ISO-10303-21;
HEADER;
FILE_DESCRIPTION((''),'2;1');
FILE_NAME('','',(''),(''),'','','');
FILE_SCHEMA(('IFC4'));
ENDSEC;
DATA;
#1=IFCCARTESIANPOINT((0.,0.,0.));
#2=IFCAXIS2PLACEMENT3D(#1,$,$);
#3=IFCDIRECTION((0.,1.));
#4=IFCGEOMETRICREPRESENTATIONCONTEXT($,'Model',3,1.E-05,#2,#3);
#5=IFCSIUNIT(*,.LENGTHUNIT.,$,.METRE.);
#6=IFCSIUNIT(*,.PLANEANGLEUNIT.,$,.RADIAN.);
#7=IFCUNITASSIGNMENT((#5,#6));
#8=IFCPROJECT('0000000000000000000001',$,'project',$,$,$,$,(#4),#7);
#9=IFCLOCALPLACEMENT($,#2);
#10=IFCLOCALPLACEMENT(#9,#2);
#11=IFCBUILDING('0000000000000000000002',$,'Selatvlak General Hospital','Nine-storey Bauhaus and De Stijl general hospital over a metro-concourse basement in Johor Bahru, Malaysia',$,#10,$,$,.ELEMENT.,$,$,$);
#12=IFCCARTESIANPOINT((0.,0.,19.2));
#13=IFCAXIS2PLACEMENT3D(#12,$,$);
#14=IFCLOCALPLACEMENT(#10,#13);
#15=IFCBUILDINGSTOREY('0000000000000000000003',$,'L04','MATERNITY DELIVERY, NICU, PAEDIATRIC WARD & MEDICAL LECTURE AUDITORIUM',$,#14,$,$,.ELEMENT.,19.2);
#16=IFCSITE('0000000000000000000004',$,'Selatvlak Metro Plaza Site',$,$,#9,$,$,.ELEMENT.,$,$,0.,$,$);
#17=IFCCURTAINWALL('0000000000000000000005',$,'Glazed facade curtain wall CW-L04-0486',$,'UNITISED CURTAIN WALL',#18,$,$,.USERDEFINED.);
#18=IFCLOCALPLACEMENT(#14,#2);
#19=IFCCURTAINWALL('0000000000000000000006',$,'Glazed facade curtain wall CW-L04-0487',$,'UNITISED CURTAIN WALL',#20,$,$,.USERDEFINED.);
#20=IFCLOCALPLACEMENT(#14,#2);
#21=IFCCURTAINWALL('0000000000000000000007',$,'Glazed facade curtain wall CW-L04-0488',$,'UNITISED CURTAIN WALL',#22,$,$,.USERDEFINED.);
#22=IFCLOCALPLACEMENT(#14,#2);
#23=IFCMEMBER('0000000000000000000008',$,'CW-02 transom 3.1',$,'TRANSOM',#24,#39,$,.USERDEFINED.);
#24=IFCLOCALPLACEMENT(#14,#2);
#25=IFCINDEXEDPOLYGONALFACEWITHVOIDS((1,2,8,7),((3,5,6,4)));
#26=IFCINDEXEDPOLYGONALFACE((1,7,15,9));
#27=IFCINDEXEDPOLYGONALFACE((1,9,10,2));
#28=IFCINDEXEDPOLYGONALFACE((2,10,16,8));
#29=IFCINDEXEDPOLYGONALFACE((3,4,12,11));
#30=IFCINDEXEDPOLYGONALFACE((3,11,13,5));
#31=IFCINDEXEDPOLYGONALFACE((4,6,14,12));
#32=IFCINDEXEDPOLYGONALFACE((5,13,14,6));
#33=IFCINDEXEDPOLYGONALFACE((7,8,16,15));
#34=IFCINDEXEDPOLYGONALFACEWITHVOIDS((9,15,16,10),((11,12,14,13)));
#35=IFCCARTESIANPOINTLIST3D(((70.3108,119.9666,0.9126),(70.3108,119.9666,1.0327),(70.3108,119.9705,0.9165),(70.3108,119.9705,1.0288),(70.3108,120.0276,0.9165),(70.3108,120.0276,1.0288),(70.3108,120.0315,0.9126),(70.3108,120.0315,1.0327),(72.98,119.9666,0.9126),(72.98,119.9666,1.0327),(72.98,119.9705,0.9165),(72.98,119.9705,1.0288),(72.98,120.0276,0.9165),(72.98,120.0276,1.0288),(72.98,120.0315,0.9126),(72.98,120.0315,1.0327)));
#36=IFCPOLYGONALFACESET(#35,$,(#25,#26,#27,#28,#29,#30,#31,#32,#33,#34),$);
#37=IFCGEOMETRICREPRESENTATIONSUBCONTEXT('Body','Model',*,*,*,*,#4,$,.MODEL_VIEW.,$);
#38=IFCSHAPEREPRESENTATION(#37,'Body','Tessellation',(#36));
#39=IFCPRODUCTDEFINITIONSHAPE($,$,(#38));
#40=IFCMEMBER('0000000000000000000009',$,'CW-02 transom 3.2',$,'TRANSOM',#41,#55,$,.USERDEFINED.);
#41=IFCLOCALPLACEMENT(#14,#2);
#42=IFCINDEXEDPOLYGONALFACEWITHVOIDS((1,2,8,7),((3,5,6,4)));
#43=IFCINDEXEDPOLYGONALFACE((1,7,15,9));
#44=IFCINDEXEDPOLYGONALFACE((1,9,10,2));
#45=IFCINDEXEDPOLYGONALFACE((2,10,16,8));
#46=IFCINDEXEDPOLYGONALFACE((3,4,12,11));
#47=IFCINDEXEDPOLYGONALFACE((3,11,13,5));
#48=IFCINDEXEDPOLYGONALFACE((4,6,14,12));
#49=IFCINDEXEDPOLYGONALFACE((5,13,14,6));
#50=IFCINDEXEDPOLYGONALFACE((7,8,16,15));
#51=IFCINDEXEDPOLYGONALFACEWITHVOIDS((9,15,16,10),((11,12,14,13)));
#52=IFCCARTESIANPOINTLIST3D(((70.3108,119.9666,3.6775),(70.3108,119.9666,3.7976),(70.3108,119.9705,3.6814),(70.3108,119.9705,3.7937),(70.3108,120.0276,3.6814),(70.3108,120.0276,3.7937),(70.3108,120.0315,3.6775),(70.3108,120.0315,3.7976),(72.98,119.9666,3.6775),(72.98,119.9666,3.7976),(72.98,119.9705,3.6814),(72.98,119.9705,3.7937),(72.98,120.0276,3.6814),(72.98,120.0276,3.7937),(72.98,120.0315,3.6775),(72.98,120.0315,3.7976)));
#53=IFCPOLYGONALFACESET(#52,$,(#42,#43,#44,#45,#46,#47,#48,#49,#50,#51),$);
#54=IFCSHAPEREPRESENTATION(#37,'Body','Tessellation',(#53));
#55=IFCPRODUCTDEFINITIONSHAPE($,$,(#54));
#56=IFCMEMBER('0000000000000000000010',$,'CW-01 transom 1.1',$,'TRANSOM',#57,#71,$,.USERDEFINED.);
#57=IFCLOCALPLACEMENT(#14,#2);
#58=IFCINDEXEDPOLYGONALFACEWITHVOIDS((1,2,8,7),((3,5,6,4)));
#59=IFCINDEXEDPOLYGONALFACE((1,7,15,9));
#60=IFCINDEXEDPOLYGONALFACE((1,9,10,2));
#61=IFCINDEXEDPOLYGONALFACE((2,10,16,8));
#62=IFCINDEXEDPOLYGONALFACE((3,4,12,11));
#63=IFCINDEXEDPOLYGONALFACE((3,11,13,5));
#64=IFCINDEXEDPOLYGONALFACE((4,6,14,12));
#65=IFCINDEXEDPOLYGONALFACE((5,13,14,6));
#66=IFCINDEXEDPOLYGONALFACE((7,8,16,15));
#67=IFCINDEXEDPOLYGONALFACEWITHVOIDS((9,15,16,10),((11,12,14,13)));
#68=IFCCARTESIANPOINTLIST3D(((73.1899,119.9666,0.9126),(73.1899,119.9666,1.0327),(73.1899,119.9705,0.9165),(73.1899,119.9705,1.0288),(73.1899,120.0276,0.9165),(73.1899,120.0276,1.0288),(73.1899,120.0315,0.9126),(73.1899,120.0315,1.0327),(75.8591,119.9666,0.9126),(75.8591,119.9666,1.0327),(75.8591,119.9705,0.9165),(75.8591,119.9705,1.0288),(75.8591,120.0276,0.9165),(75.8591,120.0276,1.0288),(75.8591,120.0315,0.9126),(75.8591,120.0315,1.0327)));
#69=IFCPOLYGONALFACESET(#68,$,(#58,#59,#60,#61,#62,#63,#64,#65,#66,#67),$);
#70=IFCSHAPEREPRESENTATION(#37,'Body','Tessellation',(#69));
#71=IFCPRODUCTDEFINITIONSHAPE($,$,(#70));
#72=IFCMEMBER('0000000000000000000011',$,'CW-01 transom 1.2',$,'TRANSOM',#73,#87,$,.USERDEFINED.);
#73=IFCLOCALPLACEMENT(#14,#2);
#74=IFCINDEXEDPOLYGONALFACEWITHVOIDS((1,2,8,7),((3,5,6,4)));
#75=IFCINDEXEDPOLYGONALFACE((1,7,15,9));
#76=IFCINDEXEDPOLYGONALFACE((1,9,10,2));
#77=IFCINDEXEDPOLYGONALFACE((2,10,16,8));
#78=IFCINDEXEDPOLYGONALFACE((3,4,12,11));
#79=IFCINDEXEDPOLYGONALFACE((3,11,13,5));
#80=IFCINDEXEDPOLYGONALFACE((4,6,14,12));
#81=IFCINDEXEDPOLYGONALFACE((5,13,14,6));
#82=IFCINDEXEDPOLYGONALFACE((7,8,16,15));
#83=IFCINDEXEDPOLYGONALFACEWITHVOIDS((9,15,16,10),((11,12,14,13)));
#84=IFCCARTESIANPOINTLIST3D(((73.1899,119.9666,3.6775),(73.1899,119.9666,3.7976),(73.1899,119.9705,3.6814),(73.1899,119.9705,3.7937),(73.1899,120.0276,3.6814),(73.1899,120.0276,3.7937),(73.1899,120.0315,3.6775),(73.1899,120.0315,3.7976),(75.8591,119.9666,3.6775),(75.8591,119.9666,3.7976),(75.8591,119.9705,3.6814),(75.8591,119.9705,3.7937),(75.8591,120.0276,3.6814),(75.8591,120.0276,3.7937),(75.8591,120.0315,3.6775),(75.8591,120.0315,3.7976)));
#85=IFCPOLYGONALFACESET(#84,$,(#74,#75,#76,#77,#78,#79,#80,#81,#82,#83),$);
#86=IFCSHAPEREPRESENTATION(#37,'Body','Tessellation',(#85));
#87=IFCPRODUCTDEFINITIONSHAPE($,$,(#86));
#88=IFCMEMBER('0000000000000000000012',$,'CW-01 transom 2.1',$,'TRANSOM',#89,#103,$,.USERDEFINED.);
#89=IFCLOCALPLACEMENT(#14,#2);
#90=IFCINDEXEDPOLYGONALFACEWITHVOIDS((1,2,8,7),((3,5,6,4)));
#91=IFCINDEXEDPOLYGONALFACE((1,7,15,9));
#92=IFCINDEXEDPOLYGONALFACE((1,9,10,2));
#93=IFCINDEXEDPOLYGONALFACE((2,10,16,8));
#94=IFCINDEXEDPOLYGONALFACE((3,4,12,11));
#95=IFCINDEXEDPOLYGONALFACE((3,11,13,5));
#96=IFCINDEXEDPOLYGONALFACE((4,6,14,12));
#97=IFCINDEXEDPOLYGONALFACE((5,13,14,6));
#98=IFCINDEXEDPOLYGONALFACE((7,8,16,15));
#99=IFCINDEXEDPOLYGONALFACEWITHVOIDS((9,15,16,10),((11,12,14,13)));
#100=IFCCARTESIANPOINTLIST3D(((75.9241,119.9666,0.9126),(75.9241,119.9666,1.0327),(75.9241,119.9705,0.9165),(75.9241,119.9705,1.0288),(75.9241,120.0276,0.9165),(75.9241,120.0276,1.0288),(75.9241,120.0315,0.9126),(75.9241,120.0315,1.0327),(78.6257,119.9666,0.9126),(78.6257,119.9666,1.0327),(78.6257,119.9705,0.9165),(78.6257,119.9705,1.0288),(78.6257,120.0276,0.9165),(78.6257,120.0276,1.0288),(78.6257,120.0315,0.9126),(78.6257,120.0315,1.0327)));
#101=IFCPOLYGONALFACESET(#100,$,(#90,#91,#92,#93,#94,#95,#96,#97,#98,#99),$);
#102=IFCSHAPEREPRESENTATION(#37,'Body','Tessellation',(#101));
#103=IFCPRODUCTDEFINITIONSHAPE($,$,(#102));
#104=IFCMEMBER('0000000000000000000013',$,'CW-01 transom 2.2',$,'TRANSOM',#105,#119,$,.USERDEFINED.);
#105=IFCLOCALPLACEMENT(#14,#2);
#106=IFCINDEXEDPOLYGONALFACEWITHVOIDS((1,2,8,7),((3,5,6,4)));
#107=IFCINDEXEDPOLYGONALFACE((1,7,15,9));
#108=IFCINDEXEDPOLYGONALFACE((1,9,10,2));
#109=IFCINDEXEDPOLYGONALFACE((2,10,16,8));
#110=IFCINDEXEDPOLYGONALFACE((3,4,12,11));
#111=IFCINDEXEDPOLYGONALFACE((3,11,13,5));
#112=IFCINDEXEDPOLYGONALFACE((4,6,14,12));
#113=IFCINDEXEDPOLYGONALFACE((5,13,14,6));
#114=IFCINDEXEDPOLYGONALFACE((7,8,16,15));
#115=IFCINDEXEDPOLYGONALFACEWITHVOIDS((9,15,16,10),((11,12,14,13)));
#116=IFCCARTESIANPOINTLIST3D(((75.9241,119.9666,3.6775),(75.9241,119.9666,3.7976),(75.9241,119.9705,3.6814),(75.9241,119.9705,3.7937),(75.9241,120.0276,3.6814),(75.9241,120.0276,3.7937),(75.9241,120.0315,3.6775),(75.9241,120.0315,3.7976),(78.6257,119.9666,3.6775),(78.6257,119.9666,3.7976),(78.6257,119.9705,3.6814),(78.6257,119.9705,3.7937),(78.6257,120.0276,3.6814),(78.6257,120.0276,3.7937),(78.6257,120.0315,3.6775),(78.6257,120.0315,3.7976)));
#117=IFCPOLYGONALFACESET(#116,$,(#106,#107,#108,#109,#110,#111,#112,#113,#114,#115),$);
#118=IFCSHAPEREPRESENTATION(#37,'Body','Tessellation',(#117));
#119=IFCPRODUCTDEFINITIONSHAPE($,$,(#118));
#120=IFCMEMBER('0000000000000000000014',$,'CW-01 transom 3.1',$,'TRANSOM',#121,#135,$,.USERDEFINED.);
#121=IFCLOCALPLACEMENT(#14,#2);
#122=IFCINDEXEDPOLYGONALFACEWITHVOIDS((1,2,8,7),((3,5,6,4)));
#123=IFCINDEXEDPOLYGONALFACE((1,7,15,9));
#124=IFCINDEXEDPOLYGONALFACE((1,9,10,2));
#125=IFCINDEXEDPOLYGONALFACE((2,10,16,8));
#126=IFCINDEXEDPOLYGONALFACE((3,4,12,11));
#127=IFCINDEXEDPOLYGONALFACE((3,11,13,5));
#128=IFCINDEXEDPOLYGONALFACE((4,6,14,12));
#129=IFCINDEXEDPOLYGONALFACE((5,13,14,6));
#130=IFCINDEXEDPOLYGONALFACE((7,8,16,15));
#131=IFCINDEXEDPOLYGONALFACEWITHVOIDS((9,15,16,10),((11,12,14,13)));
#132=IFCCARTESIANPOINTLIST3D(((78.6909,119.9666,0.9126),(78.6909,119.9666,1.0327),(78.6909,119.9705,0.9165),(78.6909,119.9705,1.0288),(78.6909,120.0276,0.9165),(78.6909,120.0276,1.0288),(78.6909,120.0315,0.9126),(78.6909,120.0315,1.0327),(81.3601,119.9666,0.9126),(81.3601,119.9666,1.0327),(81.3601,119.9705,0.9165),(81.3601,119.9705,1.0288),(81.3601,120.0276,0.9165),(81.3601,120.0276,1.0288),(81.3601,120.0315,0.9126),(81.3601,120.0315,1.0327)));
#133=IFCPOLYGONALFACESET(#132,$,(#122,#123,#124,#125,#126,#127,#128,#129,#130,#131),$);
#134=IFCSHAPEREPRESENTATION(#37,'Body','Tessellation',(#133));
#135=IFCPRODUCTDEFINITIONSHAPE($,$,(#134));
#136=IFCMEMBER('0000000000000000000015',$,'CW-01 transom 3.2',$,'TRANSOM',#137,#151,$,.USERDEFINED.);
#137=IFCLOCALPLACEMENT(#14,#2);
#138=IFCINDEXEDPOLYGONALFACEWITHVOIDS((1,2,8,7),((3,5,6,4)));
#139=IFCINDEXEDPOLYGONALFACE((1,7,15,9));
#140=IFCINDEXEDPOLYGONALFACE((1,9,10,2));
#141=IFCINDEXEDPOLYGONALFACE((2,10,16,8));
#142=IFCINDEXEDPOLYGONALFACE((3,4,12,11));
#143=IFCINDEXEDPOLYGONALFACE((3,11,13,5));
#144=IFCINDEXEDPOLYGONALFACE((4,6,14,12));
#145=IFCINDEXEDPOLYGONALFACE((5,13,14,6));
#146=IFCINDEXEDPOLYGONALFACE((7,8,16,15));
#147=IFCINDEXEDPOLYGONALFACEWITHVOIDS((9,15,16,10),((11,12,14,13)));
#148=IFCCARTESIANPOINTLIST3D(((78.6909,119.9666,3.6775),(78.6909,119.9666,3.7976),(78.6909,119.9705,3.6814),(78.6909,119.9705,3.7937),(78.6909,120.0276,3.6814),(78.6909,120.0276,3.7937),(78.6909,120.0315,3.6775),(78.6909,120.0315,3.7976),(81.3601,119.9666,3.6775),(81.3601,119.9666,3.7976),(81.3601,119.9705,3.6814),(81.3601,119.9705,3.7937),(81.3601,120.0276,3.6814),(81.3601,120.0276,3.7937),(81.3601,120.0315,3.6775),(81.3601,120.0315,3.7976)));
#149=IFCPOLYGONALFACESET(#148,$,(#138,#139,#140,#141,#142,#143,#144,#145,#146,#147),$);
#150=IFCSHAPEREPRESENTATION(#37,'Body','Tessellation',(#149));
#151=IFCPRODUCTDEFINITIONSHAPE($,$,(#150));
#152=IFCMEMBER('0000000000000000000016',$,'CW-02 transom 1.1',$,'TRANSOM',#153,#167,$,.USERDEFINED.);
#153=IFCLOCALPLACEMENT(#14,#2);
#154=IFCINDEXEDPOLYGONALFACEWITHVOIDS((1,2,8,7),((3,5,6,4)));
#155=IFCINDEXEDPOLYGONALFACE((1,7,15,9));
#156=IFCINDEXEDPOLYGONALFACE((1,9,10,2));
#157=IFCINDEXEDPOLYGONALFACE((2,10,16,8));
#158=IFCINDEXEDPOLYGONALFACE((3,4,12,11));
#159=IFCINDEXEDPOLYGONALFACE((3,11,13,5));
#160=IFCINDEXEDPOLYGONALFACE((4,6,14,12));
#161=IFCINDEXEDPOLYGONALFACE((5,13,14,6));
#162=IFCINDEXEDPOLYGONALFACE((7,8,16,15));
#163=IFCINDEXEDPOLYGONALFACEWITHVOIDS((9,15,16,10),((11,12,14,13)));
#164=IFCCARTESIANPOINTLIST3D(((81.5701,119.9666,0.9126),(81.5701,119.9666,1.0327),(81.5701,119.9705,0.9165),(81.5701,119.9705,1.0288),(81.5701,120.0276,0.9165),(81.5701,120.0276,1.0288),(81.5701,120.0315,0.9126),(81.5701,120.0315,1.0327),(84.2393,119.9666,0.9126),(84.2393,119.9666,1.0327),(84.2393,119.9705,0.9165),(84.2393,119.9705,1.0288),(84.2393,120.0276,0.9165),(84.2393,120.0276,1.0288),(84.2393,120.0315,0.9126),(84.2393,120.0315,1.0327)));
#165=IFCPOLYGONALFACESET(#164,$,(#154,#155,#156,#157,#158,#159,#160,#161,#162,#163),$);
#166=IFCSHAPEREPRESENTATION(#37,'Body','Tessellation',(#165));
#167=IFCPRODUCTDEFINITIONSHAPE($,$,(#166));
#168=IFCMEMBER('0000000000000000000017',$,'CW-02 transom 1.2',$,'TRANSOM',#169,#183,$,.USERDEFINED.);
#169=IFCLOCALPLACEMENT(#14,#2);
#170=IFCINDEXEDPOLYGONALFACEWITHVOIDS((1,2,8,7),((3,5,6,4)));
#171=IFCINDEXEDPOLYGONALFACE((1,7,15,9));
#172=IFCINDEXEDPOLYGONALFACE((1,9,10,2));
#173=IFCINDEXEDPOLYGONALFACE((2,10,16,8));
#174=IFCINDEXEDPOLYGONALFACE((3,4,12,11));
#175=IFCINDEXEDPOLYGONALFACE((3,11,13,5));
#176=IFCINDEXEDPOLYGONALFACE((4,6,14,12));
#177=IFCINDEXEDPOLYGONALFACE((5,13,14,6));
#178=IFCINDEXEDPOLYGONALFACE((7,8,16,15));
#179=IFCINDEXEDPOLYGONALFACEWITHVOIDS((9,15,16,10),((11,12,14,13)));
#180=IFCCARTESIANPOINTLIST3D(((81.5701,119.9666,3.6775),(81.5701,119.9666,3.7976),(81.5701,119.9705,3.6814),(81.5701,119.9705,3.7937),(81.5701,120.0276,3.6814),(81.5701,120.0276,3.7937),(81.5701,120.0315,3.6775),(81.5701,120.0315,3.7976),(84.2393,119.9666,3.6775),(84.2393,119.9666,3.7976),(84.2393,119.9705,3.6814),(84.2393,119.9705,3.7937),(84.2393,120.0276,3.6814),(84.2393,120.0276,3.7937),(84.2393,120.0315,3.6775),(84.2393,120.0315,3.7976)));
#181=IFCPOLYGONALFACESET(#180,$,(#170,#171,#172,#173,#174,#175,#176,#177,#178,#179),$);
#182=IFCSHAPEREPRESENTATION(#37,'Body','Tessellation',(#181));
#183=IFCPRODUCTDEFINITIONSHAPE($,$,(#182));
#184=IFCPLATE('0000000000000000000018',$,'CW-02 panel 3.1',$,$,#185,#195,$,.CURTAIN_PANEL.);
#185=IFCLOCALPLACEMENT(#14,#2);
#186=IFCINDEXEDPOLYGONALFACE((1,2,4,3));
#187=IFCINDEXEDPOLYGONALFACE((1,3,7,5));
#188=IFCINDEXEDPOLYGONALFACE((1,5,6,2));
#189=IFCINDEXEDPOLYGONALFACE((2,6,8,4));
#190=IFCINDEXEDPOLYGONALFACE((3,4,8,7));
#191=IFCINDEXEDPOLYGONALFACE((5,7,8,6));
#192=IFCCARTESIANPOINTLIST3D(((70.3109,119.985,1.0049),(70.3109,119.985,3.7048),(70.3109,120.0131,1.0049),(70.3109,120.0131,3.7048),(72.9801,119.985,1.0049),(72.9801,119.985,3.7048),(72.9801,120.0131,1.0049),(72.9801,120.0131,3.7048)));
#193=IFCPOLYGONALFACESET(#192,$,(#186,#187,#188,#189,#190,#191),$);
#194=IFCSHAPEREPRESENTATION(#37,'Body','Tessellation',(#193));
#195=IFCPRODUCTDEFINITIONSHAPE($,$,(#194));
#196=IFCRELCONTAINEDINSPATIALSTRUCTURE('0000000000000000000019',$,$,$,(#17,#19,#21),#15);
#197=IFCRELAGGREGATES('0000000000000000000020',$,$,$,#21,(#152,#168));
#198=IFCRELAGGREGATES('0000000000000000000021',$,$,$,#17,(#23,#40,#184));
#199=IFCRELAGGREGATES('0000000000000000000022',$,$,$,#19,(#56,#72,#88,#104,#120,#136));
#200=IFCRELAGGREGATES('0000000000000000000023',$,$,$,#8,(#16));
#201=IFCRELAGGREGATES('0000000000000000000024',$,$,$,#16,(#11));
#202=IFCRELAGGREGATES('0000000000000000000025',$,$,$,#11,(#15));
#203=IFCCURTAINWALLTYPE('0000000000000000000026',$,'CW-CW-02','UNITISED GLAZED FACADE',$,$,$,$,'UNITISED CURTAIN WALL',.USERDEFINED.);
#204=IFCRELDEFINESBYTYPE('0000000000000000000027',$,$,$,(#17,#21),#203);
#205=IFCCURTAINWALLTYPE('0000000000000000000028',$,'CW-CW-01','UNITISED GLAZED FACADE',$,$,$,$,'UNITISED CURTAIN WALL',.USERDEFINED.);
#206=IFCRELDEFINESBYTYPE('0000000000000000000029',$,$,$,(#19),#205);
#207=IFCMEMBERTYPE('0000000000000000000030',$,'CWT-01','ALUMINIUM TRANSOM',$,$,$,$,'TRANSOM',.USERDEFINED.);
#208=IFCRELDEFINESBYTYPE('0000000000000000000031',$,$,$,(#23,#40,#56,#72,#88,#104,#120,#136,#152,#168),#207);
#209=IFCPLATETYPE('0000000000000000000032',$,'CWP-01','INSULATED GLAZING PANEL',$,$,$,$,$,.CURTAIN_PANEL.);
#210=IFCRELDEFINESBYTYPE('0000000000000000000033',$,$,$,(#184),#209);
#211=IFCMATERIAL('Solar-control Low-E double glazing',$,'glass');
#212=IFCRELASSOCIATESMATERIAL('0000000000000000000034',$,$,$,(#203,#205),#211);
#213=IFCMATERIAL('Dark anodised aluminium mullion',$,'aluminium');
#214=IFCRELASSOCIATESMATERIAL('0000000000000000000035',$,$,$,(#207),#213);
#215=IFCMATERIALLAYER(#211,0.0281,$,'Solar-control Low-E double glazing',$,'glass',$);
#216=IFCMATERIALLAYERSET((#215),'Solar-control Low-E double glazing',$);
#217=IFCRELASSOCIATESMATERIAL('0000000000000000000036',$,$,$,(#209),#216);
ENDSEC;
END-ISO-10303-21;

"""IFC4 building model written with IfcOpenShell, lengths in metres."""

from ifc_helpers import new_model, si_unit, direction, frame, origin, origin_2d, place, context, subcontext, project, spatial, rectangle, hollow_rectangle, extrude, material, layer, layer_set, material_profile, profile_set, type_object, element, aggregate, save


model = new_model("IFC4")

# Units and contexts
model_context = context("Model", 3, precision=1e-05, world=origin(), true_north=direction((0.0, 1.0)))
body_context = subcontext(model_context, "Body", "Model", "MODEL_VIEW")
ifc_project = project(units=[si_unit("LENGTHUNIT", "METRE"), si_unit("PLANEANGLEUNIT", "RADIAN")], contexts=[model_context])

# Site, building, storey
site_placement = place(None, origin())
site = spatial("IfcSite", under=ifc_project, at=site_placement, Name="Selatvlak Metro Plaza Site", CompositionType="ELEMENT", RefElevation=0.0)
building_placement = place(site_placement, origin())
building = spatial("IfcBuilding", under=site, at=building_placement, Name="Selatvlak General Hospital", Description="Nine-storey Bauhaus and De Stijl general hospital over a metro-concourse basement in Johor Bahru, Malaysia", CompositionType="ELEMENT")
storey_placement = place(building_placement, frame((0.0, 0.0, 19.2)))
storey = spatial("IfcBuildingStorey", under=building, at=storey_placement, Name="L04", Description="MATERNITY DELIVERY, NICU, PAEDIATRIC WARD & MEDICAL LECTURE AUDITORIUM", CompositionType="ELEMENT", Elevation=19.2)

# Curtain walls
ifc_material_1 = material(Name="Solar-control Low-E double glazing", Category="glass")
curtain_wall_type_1 = type_object("IfcCurtainWallType", Name="CW-CW-02", Description="UNITISED GLAZED FACADE", ElementType="UNITISED CURTAIN WALL", PredefinedType="USERDEFINED", material=ifc_material_1)
curtain_wall_1_placement = place(storey_placement, origin())
curtain_wall_1 = element("IfcCurtainWall", 1, at=curtain_wall_1_placement, inside=storey, type_object=curtain_wall_type_1, Name="Glazed facade curtain wall CW-L04-0486", ObjectType="UNITISED CURTAIN WALL", PredefinedType="USERDEFINED")
ifc_material_2 = material(Name="Dark anodised aluminium mullion", Category="aluminium")
curtain_wall_type_2 = type_object("IfcCurtainWallType", Name="CW-CW-01", Description="UNITISED GLAZED FACADE", ElementType="UNITISED CURTAIN WALL", PredefinedType="USERDEFINED", material=ifc_material_1)
curtain_wall_2_placement = place(storey_placement, origin())
curtain_wall_2 = element("IfcCurtainWall", 2, at=curtain_wall_2_placement, inside=storey, type_object=curtain_wall_type_2, Name="Glazed facade curtain wall CW-L04-0487", ObjectType="UNITISED CURTAIN WALL", PredefinedType="USERDEFINED")

# Curtain wall
curtain_wall_3_placement = place(storey_placement, origin())
curtain_wall_3 = element("IfcCurtainWall", 3, at=curtain_wall_3_placement, inside=storey, type_object=curtain_wall_type_1, Name="Glazed facade curtain wall CW-L04-0488", ObjectType="UNITISED CURTAIN WALL", PredefinedType="USERDEFINED")

# Members
ifc_material_profile_1 = material_profile(ifc_material_2, hollow_rectangle(XDim=0.0649, YDim=0.1201, WallThickness=0.0039, at=origin_2d()), Name="AL-TRN 65x120x4")
ifc_profile_set_1 = profile_set([ifc_material_profile_1], Name="Dark anodised aluminium mullion")
member_type_1 = type_object("IfcMemberType", Name="CWT-01", Description="ALUMINIUM TRANSOM", ElementType="TRANSOM", PredefinedType="USERDEFINED", material=ifc_profile_set_1)
member_1_placement = place(storey_placement, frame((70.3108, 119.999, 0.9727), z_axis=(1.0, 0.0, 0.0), x_axis=(0.0, 1.0, 0.0)))
member_1 = element("IfcMember", 4, at=member_1_placement, type_object=member_type_1, Name="CW-02 transom 3.1", ObjectType="TRANSOM", PredefinedType="USERDEFINED", context=body_context, shape_type="SweptSolid", body=[
    extrude(hollow_rectangle(XDim=0.0649, YDim=0.1201, WallThickness=0.0039, at=origin_2d()), origin(), (0.0, 0.0, 1.0), 2.6692),
])
member_2_placement = place(storey_placement, frame((70.3108, 119.999, 3.7375), z_axis=(1.0, 0.0, 0.0), x_axis=(0.0, 1.0, 0.0)))
member_2 = element("IfcMember", 5, at=member_2_placement, type_object=member_type_1, Name="CW-02 transom 3.2", ObjectType="TRANSOM", PredefinedType="USERDEFINED", context=body_context, shape_type="SweptSolid", body=[
    extrude(hollow_rectangle(XDim=0.0649, YDim=0.1201, WallThickness=0.0039, at=origin_2d()), origin(), (0.0, 0.0, 1.0), 2.6692),
])
member_3_placement = place(storey_placement, frame((73.1899, 119.999, 0.9727), z_axis=(1.0, 0.0, 0.0), x_axis=(0.0, 1.0, 0.0)))
member_3 = element("IfcMember", 6, at=member_3_placement, type_object=member_type_1, Name="CW-01 transom 1.1", ObjectType="TRANSOM", PredefinedType="USERDEFINED", context=body_context, shape_type="SweptSolid", body=[
    extrude(hollow_rectangle(XDim=0.0649, YDim=0.1201, WallThickness=0.0039, at=origin_2d()), origin(), (0.0, 0.0, 1.0), 2.6692),
])
member_4_placement = place(storey_placement, frame((73.1899, 119.999, 3.7375), z_axis=(1.0, 0.0, 0.0), x_axis=(0.0, 1.0, 0.0)))
member_4 = element("IfcMember", 7, at=member_4_placement, type_object=member_type_1, Name="CW-01 transom 1.2", ObjectType="TRANSOM", PredefinedType="USERDEFINED", context=body_context, shape_type="SweptSolid", body=[
    extrude(hollow_rectangle(XDim=0.0649, YDim=0.1201, WallThickness=0.0039, at=origin_2d()), origin(), (0.0, 0.0, 1.0), 2.6692),
])
member_5_placement = place(storey_placement, frame((75.9241, 119.999, 0.9727), z_axis=(1.0, 0.0, 0.0), x_axis=(0.0, 1.0, 0.0)))
member_5 = element("IfcMember", 8, at=member_5_placement, type_object=member_type_1, Name="CW-01 transom 2.1", ObjectType="TRANSOM", PredefinedType="USERDEFINED", context=body_context, shape_type="SweptSolid", body=[
    extrude(hollow_rectangle(XDim=0.0649, YDim=0.1201, WallThickness=0.0039, at=origin_2d()), origin(), (0.0, 0.0, 1.0), 2.7017),
])
member_6_placement = place(storey_placement, frame((75.9241, 119.999, 3.7375), z_axis=(1.0, 0.0, 0.0), x_axis=(0.0, 1.0, 0.0)))
member_6 = element("IfcMember", 9, at=member_6_placement, type_object=member_type_1, Name="CW-01 transom 2.2", ObjectType="TRANSOM", PredefinedType="USERDEFINED", context=body_context, shape_type="SweptSolid", body=[
    extrude(hollow_rectangle(XDim=0.0649, YDim=0.1201, WallThickness=0.0039, at=origin_2d()), origin(), (0.0, 0.0, 1.0), 2.7017),
])
member_7_placement = place(storey_placement, frame((78.6909, 119.999, 0.9727), z_axis=(1.0, 0.0, 0.0), x_axis=(0.0, 1.0, 0.0)))
member_7 = element("IfcMember", 10, at=member_7_placement, type_object=member_type_1, Name="CW-01 transom 3.1", ObjectType="TRANSOM", PredefinedType="USERDEFINED", context=body_context, shape_type="SweptSolid", body=[
    extrude(hollow_rectangle(XDim=0.0649, YDim=0.1201, WallThickness=0.0039, at=origin_2d()), origin(), (0.0, 0.0, 1.0), 2.6692),
])
member_8_placement = place(storey_placement, frame((78.6909, 119.999, 3.7375), z_axis=(1.0, 0.0, 0.0), x_axis=(0.0, 1.0, 0.0)))
member_8 = element("IfcMember", 11, at=member_8_placement, type_object=member_type_1, Name="CW-01 transom 3.2", ObjectType="TRANSOM", PredefinedType="USERDEFINED", context=body_context, shape_type="SweptSolid", body=[
    extrude(hollow_rectangle(XDim=0.0649, YDim=0.1201, WallThickness=0.0039, at=origin_2d()), origin(), (0.0, 0.0, 1.0), 2.6692),
])
member_9_placement = place(storey_placement, frame((81.5701, 119.999, 0.9727), z_axis=(1.0, 0.0, 0.0), x_axis=(0.0, 1.0, 0.0)))
member_9 = element("IfcMember", 12, at=member_9_placement, type_object=member_type_1, Name="CW-02 transom 1.1", ObjectType="TRANSOM", PredefinedType="USERDEFINED", context=body_context, shape_type="SweptSolid", body=[
    extrude(hollow_rectangle(XDim=0.0649, YDim=0.1201, WallThickness=0.0039, at=origin_2d()), origin(), (0.0, 0.0, 1.0), 2.6692),
])
member_10_placement = place(storey_placement, frame((81.5701, 119.999, 3.7375), z_axis=(1.0, 0.0, 0.0), x_axis=(0.0, 1.0, 0.0)))
member_10 = element("IfcMember", 13, at=member_10_placement, type_object=member_type_1, Name="CW-02 transom 1.2", ObjectType="TRANSOM", PredefinedType="USERDEFINED", context=body_context, shape_type="SweptSolid", body=[
    extrude(hollow_rectangle(XDim=0.0649, YDim=0.1201, WallThickness=0.0039, at=origin_2d()), origin(), (0.0, 0.0, 1.0), 2.6692),
])
aggregate(curtain_wall_3, [member_9, member_10])

# Plate
ifc_layer_1 = layer(ifc_material_1, 0.0281, Name="Solar-control Low-E double glazing", Category="glass")
ifc_layer_set_1 = layer_set([ifc_layer_1], Name="Solar-control Low-E double glazing")
plate_type = type_object("IfcPlateType", Name="CWP-01", Description="INSULATED GLAZING PANEL", PredefinedType="CURTAIN_PANEL", material=ifc_layer_set_1)
plate_1_placement = place(storey_placement, frame((71.6455, 119.999, 1.0049), z_axis=(0.0, 0.0, 1.0), x_axis=(1.0, 0.0, 0.0)))
plate_1 = element("IfcPlate", 14, at=plate_1_placement, type_object=plate_type, Name="CW-02 panel 3.1", PredefinedType="CURTAIN_PANEL", context=body_context, shape_type="SweptSolid", body=[
    extrude(rectangle(XDim=2.6692, YDim=0.0281, at=origin_2d()), origin(), (0.0, 0.0, 1.0), 2.7),
])
aggregate(curtain_wall_1, [member_1, member_2, plate_1])
aggregate(curtain_wall_2, [member_3, member_4, member_5, member_6, member_7, member_8])

save(model, "model.ifc")
